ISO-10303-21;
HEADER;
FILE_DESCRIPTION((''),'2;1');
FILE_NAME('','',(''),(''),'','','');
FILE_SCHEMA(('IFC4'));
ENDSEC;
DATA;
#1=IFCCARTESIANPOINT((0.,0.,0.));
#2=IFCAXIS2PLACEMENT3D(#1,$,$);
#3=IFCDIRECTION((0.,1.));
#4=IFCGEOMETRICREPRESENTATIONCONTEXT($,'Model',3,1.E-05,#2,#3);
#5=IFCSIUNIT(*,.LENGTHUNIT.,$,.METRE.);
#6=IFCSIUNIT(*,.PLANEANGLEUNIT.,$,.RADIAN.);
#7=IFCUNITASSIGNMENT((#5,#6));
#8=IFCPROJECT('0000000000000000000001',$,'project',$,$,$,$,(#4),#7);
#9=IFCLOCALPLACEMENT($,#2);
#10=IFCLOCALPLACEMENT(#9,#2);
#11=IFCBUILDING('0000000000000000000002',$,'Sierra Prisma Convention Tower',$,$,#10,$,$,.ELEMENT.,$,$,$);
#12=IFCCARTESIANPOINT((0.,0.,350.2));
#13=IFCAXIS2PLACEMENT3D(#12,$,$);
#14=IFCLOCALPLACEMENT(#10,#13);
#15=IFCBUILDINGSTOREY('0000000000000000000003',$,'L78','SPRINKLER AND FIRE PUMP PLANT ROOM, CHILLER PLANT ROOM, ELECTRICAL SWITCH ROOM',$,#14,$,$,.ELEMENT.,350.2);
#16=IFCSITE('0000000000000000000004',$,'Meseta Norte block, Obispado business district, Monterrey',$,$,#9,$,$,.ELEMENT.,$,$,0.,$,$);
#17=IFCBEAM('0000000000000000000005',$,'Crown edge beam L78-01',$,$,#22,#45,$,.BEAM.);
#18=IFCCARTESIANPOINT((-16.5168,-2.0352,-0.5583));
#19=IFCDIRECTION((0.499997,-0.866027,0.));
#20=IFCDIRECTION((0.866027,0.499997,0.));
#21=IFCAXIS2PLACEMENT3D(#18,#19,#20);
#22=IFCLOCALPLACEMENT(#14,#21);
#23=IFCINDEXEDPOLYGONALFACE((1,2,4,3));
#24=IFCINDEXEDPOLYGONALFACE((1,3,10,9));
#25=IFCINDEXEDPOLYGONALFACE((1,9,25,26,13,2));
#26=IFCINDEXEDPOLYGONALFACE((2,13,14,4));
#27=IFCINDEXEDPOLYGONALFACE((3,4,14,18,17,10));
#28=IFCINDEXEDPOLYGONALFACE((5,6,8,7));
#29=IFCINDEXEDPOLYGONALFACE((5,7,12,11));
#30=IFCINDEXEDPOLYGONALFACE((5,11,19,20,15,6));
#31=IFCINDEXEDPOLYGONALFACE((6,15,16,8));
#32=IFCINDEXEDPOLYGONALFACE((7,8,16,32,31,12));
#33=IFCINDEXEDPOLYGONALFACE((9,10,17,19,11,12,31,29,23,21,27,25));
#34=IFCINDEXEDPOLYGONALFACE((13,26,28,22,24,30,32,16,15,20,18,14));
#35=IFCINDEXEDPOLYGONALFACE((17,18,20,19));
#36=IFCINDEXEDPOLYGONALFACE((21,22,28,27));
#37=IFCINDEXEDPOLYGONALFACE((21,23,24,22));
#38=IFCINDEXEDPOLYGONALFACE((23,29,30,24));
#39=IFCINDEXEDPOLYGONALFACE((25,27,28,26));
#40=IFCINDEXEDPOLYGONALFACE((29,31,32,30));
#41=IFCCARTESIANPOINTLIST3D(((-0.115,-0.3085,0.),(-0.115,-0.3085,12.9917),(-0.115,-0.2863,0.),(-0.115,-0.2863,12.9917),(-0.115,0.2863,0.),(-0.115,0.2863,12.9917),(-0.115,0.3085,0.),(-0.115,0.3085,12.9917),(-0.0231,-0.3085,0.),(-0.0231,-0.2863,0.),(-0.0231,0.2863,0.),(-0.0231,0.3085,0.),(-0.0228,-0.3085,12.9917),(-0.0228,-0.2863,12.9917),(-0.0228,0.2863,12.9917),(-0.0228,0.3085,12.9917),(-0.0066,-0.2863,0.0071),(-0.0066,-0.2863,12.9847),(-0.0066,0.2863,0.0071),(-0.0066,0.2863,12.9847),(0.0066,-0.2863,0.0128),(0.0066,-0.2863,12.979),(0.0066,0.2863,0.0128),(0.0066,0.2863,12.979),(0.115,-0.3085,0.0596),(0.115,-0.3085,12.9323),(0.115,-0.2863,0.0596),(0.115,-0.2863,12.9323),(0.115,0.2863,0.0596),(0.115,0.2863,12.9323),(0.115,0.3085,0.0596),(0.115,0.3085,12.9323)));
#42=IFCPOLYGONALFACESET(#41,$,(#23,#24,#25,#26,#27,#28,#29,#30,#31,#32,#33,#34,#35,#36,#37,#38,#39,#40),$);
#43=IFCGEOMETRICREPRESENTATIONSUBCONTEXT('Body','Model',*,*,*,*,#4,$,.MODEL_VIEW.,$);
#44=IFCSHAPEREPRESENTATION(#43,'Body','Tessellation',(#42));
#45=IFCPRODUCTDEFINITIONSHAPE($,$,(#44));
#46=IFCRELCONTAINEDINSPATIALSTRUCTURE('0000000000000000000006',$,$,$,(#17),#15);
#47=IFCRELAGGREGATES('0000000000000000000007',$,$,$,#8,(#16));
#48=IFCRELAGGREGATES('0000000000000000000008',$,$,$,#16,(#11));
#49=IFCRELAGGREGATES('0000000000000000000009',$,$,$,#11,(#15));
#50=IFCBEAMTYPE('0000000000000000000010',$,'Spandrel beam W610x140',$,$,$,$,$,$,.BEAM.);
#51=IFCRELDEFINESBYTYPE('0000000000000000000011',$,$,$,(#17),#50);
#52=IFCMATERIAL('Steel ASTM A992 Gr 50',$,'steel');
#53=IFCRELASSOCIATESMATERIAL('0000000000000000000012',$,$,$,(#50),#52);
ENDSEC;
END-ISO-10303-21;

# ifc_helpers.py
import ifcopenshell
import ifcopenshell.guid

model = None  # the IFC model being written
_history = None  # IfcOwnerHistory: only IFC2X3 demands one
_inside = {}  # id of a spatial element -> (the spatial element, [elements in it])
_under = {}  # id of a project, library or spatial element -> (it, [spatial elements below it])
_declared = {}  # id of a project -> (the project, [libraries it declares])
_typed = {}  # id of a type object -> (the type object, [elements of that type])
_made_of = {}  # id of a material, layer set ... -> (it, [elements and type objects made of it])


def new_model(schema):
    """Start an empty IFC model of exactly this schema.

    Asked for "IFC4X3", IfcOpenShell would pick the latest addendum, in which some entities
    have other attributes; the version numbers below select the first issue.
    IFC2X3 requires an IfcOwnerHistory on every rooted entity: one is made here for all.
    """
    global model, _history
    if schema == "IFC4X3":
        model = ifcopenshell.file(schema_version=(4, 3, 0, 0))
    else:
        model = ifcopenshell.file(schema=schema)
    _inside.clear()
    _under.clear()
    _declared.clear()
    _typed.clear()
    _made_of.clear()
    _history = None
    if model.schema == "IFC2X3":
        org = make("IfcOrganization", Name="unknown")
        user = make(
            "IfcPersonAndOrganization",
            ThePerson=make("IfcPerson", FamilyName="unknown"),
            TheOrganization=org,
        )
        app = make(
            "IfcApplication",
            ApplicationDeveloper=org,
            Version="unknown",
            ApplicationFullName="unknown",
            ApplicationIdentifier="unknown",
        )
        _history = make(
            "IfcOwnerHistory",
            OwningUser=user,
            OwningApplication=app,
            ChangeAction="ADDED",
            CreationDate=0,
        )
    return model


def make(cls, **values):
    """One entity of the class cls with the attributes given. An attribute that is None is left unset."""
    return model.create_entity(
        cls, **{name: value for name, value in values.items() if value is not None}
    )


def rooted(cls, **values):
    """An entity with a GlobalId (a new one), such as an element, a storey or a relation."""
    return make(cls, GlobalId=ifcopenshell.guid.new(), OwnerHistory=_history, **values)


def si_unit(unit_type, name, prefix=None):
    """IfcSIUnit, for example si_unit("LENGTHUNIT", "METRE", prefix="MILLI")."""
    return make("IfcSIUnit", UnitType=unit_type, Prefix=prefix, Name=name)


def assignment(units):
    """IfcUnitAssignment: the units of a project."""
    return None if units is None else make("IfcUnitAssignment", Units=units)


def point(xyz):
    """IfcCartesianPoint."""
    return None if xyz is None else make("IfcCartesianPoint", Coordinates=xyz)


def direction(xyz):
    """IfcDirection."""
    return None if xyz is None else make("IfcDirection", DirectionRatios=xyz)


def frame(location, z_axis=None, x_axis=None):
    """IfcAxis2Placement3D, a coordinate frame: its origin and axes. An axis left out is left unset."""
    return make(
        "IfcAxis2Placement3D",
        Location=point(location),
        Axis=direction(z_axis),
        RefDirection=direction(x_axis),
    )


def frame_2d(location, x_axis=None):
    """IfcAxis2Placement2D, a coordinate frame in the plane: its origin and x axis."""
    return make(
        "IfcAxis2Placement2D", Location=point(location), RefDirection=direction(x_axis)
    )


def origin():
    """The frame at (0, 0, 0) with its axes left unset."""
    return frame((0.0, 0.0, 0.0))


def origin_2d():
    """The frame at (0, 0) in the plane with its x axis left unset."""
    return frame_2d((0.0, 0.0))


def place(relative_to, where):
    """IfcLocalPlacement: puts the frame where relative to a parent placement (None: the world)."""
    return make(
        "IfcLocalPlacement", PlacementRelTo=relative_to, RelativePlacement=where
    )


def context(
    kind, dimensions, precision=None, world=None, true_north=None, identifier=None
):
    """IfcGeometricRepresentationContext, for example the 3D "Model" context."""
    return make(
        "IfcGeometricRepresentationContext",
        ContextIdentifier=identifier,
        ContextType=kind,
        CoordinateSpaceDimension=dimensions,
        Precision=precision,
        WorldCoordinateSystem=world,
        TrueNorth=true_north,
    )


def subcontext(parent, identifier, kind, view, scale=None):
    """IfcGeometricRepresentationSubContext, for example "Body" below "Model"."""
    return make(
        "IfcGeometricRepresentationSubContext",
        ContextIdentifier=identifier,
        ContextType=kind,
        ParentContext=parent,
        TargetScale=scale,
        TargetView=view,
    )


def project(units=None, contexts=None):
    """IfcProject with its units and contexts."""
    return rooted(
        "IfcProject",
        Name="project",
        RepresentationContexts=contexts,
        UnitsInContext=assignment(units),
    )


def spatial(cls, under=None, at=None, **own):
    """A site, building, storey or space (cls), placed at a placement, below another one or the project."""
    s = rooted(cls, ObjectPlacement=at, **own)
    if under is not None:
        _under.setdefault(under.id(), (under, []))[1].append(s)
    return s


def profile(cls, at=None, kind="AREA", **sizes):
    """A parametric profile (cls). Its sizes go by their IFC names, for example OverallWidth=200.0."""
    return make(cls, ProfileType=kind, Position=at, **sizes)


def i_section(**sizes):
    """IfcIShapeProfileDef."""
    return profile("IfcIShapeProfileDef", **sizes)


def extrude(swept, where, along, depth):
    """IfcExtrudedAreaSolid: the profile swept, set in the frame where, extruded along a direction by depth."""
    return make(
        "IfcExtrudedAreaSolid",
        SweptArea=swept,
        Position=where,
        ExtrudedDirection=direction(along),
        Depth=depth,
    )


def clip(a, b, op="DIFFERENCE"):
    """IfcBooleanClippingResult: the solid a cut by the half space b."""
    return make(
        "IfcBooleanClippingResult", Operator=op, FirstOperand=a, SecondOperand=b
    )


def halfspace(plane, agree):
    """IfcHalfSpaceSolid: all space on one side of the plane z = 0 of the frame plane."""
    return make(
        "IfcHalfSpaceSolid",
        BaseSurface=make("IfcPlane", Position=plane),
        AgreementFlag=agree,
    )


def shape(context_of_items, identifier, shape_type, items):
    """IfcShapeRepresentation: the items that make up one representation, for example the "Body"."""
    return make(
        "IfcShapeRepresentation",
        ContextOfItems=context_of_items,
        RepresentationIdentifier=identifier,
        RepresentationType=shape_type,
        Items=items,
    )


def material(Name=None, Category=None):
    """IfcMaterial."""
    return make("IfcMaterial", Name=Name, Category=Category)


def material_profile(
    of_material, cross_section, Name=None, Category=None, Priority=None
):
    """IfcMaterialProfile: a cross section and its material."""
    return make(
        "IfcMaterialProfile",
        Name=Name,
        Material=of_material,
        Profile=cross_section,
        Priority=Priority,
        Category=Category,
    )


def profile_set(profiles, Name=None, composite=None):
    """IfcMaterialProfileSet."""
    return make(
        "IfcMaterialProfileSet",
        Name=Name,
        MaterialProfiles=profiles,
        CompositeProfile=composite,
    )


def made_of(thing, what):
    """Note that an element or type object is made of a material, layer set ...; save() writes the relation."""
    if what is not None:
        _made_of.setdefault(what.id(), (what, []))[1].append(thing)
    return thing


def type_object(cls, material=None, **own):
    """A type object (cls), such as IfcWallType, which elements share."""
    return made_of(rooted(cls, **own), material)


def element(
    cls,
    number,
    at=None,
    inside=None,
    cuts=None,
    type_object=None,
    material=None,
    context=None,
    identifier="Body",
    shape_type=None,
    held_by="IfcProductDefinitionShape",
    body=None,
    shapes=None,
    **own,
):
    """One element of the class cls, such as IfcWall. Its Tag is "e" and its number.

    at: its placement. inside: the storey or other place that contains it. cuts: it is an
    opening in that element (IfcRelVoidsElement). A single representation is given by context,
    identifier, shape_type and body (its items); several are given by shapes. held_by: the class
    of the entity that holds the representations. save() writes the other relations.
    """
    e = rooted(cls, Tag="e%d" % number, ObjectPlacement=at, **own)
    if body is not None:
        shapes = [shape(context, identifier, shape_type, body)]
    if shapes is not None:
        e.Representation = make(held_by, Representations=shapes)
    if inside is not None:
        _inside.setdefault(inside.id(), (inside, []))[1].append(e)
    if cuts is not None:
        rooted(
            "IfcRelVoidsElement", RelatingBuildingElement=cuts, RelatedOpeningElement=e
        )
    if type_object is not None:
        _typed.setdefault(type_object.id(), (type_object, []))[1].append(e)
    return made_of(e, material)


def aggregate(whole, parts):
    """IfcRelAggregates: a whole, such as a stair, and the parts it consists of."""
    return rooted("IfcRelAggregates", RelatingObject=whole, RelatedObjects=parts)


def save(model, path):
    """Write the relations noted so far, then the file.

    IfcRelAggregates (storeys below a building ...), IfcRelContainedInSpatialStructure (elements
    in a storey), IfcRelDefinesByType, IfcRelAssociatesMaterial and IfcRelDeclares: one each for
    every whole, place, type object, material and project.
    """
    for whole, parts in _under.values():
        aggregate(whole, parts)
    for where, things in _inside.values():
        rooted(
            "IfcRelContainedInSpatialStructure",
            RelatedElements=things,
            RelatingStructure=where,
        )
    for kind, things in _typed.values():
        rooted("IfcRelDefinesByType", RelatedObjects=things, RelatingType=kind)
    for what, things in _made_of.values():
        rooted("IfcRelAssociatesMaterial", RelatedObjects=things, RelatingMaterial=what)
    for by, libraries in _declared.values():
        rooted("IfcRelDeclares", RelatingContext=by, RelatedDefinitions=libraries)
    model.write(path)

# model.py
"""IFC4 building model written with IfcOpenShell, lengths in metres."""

from ifc_helpers import new_model, si_unit, direction, frame, origin, origin_2d, place, context, subcontext, project, spatial, i_section, extrude, clip, halfspace, material, material_profile, profile_set, type_object, element, save


model = new_model("IFC4")

# Units and contexts
model_context = context("Model", 3, precision=1e-05, world=origin(), true_north=direction((0.0, 1.0)))
body_context = subcontext(model_context, "Body", "Model", "MODEL_VIEW")
ifc_project = project(units=[si_unit("LENGTHUNIT", "METRE"), si_unit("PLANEANGLEUNIT", "RADIAN")], contexts=[model_context])

# Site, building, storey
site_placement = place(None, origin())
site = spatial("IfcSite", under=ifc_project, at=site_placement, Name="Meseta Norte block, Obispado business district, Monterrey", CompositionType="ELEMENT", RefElevation=0.0)
building_placement = place(site_placement, origin())
building = spatial("IfcBuilding", under=site, at=building_placement, Name="Sierra Prisma Convention Tower", CompositionType="ELEMENT")
storey_placement = place(building_placement, frame((0.0, 0.0, 350.2)))
storey = spatial("IfcBuildingStorey", under=building, at=storey_placement, Name="L78", Description="SPRINKLER AND FIRE PUMP PLANT ROOM, CHILLER PLANT ROOM, ELECTRICAL SWITCH ROOM", CompositionType="ELEMENT", Elevation=350.2)

# Beam
ifc_material_1 = material(Name="Steel ASTM A992 Gr 50", Category="steel")
ifc_material_profile_1 = material_profile(ifc_material_1, i_section(OverallWidth=0.23, OverallDepth=0.6169, WebThickness=0.0132, FlangeThickness=0.0222, at=origin_2d()), Name="W610x140")
ifc_profile_set_1 = profile_set([ifc_material_profile_1], Name="Steel ASTM A992 Gr 50")
beam_type_1 = type_object("IfcBeamType", Name="Spandrel beam W610x140", PredefinedType="BEAM", material=ifc_profile_set_1)
beam_1_placement = place(storey_placement, frame((-16.5168, -2.0352, -0.5583), z_axis=(0.499997, -0.866027, 0.0), x_axis=(0.866027, 0.499997, 0.0)))
element("IfcBeam", 1, at=beam_1_placement, inside=storey, type_object=beam_type_1, Name="Crown edge beam L78-01", PredefinedType="BEAM", context=body_context, shape_type="SweptSolid", body=[
    clip(clip(extrude(i_section(OverallWidth=0.23, OverallDepth=0.6169, WebThickness=0.0132, FlangeThickness=0.0222, at=origin_2d()), origin(), (0.0, 0.0, 1.0), 12.9917), halfspace(frame((-0.0452, 0.0, -0.0095), z_axis=(-0.396127, 0.0, 0.918196), x_axis=(0.918196, 0.0, 0.396127)), True)), halfspace(frame((-0.0454, 0.0, 13.0015), z_axis=(-0.396132, 0.0, -0.918193), x_axis=(0.918193, 0.0, -0.396132)), True)),
])

save(model, "model.ifc")
